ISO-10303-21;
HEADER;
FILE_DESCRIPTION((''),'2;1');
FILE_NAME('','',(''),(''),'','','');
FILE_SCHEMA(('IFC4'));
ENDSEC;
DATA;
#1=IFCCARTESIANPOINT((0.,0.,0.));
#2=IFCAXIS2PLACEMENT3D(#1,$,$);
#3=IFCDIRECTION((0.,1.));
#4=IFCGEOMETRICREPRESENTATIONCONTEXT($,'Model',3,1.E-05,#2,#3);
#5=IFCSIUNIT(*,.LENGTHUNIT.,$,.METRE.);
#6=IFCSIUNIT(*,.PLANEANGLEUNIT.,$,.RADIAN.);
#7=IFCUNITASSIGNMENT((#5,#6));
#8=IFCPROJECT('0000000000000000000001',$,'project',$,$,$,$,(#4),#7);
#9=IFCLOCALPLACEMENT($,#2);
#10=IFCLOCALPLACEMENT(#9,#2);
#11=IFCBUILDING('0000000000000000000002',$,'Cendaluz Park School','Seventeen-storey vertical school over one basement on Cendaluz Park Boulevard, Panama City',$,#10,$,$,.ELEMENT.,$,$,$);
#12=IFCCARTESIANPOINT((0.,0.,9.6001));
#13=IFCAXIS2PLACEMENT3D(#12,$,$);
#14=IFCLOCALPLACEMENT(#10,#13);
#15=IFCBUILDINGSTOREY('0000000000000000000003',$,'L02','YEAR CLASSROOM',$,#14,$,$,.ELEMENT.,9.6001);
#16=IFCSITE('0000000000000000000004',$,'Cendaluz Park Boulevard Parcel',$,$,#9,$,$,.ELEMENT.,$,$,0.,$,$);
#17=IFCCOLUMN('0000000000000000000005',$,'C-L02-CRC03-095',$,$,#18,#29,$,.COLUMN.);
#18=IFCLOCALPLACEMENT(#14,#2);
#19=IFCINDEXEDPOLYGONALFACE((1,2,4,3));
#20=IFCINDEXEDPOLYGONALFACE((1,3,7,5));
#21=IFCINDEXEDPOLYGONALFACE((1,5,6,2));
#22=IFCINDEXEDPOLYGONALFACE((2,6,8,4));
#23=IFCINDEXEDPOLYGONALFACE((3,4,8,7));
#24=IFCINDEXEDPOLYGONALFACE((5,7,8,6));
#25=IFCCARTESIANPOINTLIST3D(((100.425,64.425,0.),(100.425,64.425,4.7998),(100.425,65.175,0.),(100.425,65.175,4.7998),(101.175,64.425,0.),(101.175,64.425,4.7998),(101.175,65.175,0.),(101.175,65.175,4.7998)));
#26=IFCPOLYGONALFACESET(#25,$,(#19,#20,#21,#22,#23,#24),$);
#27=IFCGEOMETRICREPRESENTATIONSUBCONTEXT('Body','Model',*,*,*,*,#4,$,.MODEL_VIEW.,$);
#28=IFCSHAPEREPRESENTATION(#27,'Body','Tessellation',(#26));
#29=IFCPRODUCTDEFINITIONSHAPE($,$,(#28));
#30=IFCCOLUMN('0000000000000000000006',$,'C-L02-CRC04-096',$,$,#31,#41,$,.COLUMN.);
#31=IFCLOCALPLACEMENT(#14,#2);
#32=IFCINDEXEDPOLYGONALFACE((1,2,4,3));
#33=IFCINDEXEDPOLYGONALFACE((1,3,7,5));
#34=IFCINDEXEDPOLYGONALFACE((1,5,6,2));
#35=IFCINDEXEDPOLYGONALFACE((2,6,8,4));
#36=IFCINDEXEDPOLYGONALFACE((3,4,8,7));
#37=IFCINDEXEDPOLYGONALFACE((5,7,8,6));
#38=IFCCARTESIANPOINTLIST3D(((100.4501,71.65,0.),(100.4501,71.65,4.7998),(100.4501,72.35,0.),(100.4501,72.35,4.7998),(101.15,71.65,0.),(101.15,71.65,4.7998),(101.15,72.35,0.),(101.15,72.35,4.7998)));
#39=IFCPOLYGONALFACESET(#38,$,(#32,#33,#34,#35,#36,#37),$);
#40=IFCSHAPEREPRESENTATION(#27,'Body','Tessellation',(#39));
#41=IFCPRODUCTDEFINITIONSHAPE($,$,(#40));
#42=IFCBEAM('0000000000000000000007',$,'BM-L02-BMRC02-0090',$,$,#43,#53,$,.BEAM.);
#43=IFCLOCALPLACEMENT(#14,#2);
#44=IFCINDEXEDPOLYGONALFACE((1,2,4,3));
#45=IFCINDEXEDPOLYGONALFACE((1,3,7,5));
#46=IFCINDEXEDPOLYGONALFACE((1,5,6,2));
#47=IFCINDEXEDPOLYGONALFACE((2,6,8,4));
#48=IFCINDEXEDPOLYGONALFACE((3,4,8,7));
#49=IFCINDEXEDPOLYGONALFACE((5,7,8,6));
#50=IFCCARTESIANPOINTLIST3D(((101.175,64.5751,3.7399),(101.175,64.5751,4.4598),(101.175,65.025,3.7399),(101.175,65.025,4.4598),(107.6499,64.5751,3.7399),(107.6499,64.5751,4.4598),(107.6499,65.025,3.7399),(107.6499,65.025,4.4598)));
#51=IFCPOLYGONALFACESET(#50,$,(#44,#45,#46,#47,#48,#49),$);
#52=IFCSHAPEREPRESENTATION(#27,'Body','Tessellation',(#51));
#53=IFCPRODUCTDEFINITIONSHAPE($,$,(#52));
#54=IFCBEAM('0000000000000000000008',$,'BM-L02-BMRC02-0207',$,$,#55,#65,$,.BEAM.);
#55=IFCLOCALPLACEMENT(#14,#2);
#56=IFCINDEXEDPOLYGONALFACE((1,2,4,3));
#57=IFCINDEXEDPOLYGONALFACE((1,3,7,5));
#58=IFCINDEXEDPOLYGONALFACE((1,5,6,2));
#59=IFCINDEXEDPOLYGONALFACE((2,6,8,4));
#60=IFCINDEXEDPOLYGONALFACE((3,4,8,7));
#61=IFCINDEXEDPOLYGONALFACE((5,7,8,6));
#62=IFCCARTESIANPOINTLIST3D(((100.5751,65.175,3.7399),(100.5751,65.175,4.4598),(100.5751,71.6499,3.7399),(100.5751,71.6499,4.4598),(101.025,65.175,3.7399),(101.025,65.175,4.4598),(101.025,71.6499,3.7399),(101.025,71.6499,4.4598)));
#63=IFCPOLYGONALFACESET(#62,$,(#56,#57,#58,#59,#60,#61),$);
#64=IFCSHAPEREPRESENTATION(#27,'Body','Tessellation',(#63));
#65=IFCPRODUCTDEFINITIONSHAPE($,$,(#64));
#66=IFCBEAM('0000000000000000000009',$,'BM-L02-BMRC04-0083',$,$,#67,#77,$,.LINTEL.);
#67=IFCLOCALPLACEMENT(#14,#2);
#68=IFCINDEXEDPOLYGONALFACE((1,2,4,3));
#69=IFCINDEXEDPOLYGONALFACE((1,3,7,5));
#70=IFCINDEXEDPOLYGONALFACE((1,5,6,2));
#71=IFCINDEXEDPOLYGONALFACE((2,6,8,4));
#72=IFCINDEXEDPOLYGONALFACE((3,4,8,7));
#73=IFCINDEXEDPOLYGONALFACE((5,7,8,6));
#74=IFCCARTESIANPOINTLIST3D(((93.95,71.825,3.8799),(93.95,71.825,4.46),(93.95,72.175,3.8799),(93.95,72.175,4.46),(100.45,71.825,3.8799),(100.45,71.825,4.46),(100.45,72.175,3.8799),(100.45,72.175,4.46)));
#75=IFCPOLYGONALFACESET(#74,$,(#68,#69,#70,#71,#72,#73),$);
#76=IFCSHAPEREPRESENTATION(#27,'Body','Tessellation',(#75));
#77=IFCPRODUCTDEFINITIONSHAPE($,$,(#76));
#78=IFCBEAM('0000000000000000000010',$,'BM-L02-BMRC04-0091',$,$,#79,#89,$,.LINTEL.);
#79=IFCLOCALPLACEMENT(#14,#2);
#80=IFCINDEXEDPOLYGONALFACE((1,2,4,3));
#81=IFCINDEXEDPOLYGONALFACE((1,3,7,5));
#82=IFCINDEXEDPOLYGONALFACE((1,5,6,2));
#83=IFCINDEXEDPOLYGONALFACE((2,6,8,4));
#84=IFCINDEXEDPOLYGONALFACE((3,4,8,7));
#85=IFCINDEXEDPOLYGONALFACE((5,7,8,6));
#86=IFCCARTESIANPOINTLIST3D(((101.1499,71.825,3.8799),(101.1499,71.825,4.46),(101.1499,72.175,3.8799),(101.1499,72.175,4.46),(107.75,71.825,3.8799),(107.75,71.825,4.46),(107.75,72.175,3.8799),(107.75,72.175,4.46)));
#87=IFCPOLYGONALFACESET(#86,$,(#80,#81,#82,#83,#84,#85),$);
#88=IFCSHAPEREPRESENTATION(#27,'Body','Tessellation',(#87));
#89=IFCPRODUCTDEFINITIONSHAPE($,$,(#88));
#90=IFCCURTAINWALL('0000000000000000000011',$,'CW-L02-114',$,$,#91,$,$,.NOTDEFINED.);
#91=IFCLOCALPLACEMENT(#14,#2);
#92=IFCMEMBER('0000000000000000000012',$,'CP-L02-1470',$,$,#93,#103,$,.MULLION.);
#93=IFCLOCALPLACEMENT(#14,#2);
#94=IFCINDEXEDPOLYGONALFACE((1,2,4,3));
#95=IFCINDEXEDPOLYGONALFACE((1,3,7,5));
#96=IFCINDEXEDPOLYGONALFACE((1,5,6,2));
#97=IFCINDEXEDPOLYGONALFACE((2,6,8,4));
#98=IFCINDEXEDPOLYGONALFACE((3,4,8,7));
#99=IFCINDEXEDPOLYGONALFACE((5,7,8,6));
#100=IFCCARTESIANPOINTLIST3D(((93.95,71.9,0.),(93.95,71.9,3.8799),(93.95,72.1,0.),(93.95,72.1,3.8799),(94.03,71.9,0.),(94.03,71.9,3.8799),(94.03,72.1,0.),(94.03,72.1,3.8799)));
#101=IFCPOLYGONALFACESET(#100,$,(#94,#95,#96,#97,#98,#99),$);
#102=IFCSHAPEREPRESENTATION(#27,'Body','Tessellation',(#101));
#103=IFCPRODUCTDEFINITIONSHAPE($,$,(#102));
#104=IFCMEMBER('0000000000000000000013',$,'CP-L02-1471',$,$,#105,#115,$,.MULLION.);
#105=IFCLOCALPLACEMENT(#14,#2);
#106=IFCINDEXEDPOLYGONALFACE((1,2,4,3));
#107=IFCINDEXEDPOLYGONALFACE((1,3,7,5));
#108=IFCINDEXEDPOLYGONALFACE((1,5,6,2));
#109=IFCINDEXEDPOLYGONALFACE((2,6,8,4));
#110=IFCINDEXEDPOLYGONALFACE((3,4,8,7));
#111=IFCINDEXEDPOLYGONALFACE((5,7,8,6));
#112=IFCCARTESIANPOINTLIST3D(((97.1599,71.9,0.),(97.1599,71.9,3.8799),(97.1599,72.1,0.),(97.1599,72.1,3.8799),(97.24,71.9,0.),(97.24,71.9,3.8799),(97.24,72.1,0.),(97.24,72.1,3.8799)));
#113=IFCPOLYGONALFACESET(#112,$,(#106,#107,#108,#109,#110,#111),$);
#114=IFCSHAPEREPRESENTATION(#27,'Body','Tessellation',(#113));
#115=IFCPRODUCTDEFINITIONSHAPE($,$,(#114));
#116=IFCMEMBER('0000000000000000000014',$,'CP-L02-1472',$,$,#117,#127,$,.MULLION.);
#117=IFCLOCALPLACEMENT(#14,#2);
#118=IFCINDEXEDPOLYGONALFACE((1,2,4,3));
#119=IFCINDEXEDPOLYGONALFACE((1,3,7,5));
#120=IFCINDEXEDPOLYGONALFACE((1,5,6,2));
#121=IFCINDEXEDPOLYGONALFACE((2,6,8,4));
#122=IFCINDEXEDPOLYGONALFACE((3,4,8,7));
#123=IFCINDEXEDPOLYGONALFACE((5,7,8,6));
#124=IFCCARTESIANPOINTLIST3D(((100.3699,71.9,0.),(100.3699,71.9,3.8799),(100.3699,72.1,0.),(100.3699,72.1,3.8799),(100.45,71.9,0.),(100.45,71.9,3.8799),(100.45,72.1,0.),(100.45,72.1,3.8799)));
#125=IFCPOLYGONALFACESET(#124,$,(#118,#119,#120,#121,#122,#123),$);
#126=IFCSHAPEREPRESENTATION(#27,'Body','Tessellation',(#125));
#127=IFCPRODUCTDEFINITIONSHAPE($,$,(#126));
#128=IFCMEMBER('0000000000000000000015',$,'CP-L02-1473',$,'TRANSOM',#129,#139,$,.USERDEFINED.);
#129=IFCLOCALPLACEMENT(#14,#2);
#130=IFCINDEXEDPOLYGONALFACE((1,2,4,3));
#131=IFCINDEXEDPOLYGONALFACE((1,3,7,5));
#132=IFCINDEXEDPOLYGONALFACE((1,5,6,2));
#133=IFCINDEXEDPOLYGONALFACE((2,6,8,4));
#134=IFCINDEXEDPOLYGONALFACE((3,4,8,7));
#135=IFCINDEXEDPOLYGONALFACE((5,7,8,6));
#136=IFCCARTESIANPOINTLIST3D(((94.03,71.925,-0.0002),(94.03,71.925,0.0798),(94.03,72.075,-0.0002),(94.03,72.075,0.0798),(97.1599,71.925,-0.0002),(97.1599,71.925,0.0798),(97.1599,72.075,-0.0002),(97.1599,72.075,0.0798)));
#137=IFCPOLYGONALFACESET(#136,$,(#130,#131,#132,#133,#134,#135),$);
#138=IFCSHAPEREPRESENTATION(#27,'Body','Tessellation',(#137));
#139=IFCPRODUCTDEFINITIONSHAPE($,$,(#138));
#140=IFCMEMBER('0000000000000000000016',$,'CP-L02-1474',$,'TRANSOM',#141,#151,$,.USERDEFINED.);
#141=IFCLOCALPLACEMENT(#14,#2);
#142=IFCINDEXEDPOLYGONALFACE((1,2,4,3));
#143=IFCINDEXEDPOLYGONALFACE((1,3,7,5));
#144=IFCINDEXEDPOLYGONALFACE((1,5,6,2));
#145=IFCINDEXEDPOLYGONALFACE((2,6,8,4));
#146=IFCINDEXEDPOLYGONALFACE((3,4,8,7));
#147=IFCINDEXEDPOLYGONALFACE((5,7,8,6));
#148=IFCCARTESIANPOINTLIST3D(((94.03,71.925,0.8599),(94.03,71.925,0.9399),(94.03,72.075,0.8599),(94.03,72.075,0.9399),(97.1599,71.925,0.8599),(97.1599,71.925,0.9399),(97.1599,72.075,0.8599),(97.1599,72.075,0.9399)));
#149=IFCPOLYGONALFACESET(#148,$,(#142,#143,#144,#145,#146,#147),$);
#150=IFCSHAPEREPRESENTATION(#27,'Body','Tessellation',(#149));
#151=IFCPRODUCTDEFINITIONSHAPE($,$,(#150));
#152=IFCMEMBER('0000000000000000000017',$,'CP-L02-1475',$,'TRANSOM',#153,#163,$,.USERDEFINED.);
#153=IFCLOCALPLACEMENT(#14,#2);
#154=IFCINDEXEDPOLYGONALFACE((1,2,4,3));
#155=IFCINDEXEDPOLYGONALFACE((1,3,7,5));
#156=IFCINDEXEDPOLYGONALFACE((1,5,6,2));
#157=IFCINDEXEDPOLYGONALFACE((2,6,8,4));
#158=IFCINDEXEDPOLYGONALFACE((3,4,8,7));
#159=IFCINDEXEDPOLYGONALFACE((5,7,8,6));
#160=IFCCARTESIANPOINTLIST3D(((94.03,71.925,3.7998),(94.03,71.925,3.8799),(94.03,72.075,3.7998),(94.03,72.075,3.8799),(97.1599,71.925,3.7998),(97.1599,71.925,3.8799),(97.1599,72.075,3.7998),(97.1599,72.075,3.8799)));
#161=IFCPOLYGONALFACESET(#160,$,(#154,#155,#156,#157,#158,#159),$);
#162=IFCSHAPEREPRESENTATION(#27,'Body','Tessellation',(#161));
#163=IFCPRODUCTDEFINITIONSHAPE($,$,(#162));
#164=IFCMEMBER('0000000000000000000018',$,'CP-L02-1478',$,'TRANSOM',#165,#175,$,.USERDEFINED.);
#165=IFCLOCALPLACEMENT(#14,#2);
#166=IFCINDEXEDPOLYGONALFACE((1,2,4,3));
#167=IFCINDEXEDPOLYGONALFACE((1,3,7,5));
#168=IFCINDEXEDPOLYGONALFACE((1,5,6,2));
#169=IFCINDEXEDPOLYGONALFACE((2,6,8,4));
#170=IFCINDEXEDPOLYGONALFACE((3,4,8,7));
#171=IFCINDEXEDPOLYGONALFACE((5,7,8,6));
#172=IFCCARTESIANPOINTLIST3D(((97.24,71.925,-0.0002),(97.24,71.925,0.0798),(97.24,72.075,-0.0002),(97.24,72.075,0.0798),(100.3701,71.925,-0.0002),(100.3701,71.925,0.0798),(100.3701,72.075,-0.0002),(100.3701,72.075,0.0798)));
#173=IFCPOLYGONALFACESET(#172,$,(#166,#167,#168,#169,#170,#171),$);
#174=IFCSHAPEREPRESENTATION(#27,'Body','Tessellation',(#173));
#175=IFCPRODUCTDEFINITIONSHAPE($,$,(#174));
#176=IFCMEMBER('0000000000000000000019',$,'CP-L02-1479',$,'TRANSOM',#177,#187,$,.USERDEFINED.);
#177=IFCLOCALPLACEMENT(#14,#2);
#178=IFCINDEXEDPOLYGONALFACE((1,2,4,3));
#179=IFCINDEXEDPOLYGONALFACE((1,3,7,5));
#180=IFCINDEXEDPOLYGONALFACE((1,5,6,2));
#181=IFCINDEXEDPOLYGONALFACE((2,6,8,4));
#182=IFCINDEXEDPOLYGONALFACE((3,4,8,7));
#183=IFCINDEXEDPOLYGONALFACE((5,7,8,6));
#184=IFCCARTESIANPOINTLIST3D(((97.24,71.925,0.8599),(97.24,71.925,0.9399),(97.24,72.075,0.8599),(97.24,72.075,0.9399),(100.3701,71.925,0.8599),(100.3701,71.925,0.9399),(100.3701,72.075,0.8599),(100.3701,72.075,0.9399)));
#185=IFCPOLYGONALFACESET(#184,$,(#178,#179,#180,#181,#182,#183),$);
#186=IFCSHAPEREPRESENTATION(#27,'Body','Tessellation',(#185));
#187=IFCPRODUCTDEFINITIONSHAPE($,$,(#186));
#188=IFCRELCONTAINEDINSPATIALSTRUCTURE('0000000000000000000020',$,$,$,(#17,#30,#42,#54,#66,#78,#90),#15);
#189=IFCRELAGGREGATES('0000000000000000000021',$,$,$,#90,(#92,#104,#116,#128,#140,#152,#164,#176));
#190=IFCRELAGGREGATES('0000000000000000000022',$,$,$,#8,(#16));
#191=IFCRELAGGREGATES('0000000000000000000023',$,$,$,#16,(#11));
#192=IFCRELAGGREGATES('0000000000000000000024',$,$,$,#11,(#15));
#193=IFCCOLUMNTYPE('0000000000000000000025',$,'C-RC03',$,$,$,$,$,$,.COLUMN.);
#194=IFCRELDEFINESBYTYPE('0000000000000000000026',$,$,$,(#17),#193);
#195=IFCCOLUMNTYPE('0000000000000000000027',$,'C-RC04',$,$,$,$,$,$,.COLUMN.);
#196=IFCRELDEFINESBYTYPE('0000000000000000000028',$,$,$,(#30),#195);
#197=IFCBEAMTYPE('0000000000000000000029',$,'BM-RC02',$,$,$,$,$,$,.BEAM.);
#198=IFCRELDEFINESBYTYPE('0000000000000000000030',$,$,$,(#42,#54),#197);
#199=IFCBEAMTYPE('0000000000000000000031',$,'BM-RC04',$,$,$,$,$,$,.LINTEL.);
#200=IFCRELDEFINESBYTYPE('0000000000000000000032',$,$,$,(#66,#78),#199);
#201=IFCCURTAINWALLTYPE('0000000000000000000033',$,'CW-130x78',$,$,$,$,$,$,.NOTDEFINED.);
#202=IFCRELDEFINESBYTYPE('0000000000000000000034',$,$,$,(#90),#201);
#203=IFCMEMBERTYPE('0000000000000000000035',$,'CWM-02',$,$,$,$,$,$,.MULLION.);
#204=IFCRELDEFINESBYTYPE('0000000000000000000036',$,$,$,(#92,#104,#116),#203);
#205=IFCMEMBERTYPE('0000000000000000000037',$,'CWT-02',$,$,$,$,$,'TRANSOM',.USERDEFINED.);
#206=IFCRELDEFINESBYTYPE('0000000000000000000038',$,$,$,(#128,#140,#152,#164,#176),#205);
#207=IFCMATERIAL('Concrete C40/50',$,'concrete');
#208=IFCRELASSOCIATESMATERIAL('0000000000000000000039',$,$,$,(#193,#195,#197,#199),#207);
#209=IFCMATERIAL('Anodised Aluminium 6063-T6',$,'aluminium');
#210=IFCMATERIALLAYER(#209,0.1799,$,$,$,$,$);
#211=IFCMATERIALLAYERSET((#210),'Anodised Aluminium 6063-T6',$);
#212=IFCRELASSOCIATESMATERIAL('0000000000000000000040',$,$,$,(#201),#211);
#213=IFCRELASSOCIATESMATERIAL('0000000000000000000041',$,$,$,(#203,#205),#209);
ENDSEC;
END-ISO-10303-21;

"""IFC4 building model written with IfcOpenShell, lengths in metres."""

from ifc_helpers import new_model, si_unit, direction, frame, origin, origin_2d, place, context, subcontext, project, spatial, rectangle, extrude, material, layer, layer_set, material_profile, profile_set, type_object, element, aggregate, save


model = new_model("IFC4")

# Units and contexts
model_context = context("Model", 3, precision=1e-05, world=origin(), true_north=direction((0.0, 1.0)))
body_context = subcontext(model_context, "Body", "Model", "MODEL_VIEW")
ifc_project = project(units=[si_unit("LENGTHUNIT", "METRE"), si_unit("PLANEANGLEUNIT", "RADIAN")], contexts=[model_context])

# Site, building, storey
site_placement = place(None, origin())
site = spatial("IfcSite", under=ifc_project, at=site_placement, Name="Cendaluz Park Boulevard Parcel", CompositionType="ELEMENT", RefElevation=0.0)
building_placement = place(site_placement, origin())
building = spatial("IfcBuilding", under=site, at=building_placement, Name="Cendaluz Park School", Description="Seventeen-storey vertical school over one basement on Cendaluz Park Boulevard, Panama City", CompositionType="ELEMENT")
storey_placement = place(building_placement, frame((0.0, 0.0, 9.6001)))
storey = spatial("IfcBuildingStorey", under=building, at=storey_placement, Name="L02", Description="YEAR CLASSROOM", CompositionType="ELEMENT", Elevation=9.6001)

# Columns
ifc_material_1 = material(Name="Concrete C40/50", Category="concrete")
ifc_material_profile_1 = material_profile(ifc_material_1, rectangle(XDim=0.75, YDim=0.75, at=origin_2d()), Name="RC 750x750", Category="concrete")
ifc_profile_set_1 = profile_set([ifc_material_profile_1], Name="Concrete C40/50")
column_type_1 = type_object("IfcColumnType", Name="C-RC03", PredefinedType="COLUMN", material=ifc_profile_set_1)
column_1_placement = place(storey_placement, frame((100.8, 64.8, 0.0), z_axis=(0.0, 0.0, 1.0), x_axis=(1.0, 0.0, 0.0)))
element("IfcColumn", 1, at=column_1_placement, inside=storey, type_object=column_type_1, Name="C-L02-CRC03-095", PredefinedType="COLUMN", context=body_context, shape_type="SweptSolid", body=[
    extrude(rectangle(XDim=0.75, YDim=0.75, at=origin_2d()), origin(), (0.0, 0.0, 1.0), 4.7998),
])
ifc_material_profile_2 = material_profile(ifc_material_1, rectangle(XDim=0.7, YDim=0.7, at=origin_2d()), Name="RC 700x700", Category="concrete")
ifc_profile_set_2 = profile_set([ifc_material_profile_2], Name="Concrete C40/50")
column_type_2 = type_object("IfcColumnType", Name="C-RC04", PredefinedType="COLUMN", material=ifc_profile_set_2)
column_2_placement = place(storey_placement, frame((100.8, 72.0, 0.0), z_axis=(0.0, 0.0, 1.0), x_axis=(1.0, 0.0, 0.0)))
element("IfcColumn", 2, at=column_2_placement, inside=storey, type_object=column_type_2, Name="C-L02-CRC04-096", PredefinedType="COLUMN", context=body_context, shape_type="SweptSolid", body=[
    extrude(rectangle(XDim=0.7, YDim=0.7, at=origin_2d()), origin(), (0.0, 0.0, 1.0), 4.7998),
])

# Beams
ifc_material_profile_3 = material_profile(ifc_material_1, rectangle(XDim=0.45, YDim=0.72, at=origin_2d()), Name="RC 450x720", Category="concrete")
ifc_profile_set_3 = profile_set([ifc_material_profile_3], Name="Concrete C40/50")
beam_type_1 = type_object("IfcBeamType", Name="BM-RC02", PredefinedType="BEAM", material=ifc_profile_set_3)
for number, where, z_axis, x_axis, name in (
    (3, (101.175, 64.8, 4.0999), (1.0, 0.0, 0.0), (0.0, 1.0, 0.0), "BM-L02-BMRC02-0090"),
    (4, (100.8, 65.175, 4.0999), (0.0, 1.0, 0.0), (-1.0, 0.0, 0.0), "BM-L02-BMRC02-0207"),
):
    element("IfcBeam", number, at=place(storey_placement, frame(where, z_axis=z_axis, x_axis=x_axis)), inside=storey, type_object=beam_type_1, Name=name, PredefinedType="BEAM", context=body_context, shape_type="SweptSolid", body=[
        extrude(rectangle(XDim=0.45, YDim=0.72, at=origin_2d()), origin(), (0.0, 0.0, 1.0), 6.4749),
    ])
ifc_material_profile_4 = material_profile(ifc_material_1, rectangle(XDim=0.3501, YDim=0.5801, at=origin_2d()), Name="RC 350x580", Category="concrete")
ifc_profile_set_4 = profile_set([ifc_material_profile_4], Name="Concrete C40/50")
beam_type_2 = type_object("IfcBeamType", Name="BM-RC04", PredefinedType="LINTEL", material=ifc_profile_set_4)
beam_1_placement = place(storey_placement, frame((93.95, 72.0, 4.1699), z_axis=(1.0, 0.0, 0.0), x_axis=(0.0, 1.0, 0.0)))
element("IfcBeam", 5, at=beam_1_placement, inside=storey, type_object=beam_type_2, Name="BM-L02-BMRC04-0083", PredefinedType="LINTEL", context=body_context, shape_type="SweptSolid", body=[
    extrude(rectangle(XDim=0.3501, YDim=0.5801, at=origin_2d()), origin(), (0.0, 0.0, 1.0), 6.5),
])
beam_2_placement = place(storey_placement, frame((101.1499, 72.0, 4.1699), z_axis=(1.0, 0.0, 0.0), x_axis=(0.0, 1.0, 0.0)))
element("IfcBeam", 6, at=beam_2_placement, inside=storey, type_object=beam_type_2, Name="BM-L02-BMRC04-0091", PredefinedType="LINTEL", context=body_context, shape_type="SweptSolid", body=[
    extrude(rectangle(XDim=0.3501, YDim=0.5801, at=origin_2d()), origin(), (0.0, 0.0, 1.0), 6.6001),
])

# Curtain wall, members
ifc_material_2 = material(Name="Anodised Aluminium 6063-T6", Category="aluminium")
ifc_layer_1 = layer(ifc_material_2, 0.1799)
ifc_layer_set_1 = layer_set([ifc_layer_1], Name="Anodised Aluminium 6063-T6")
curtain_wall_type = type_object("IfcCurtainWallType", Name="CW-130x78", PredefinedType="NOTDEFINED", material=ifc_layer_set_1)
curtain_wall_placement = place(storey_placement, origin())
curtain_wall = element("IfcCurtainWall", 7, at=curtain_wall_placement, inside=storey, type_object=curtain_wall_type, Name="CW-L02-114", PredefinedType="NOTDEFINED")
ifc_material_profile_5 = material_profile(ifc_material_2, rectangle(XDim=0.2, YDim=0.0801, at=origin_2d()), Name="CWM 200x80", Category="aluminium")
ifc_profile_set_5 = profile_set([ifc_material_profile_5], Name="Anodised Aluminium 6063-T6")
member_type_1 = type_object("IfcMemberType", Name="CWM-02", PredefinedType="MULLION", material=ifc_profile_set_5)
member_1_placement = place(storey_placement, frame((93.99, 72.0, 0.0), z_axis=(0.0, 0.0, 1.0), x_axis=(0.0, 1.0, 0.0)))
member_1 = element("IfcMember", 8, at=member_1_placement, type_object=member_type_1, Name="CP-L02-1470", PredefinedType="MULLION", context=body_context, shape_type="SweptSolid", body=[
    extrude(rectangle(XDim=0.2, YDim=0.0801, at=origin_2d()), origin(), (0.0, 0.0, 1.0), 3.8799),
])
member_2_placement = place(storey_placement, frame((97.2, 72.0, 0.0), z_axis=(0.0, 0.0, 1.0), x_axis=(0.0, 1.0, 0.0)))
member_2 = element("IfcMember", 9, at=member_2_placement, type_object=member_type_1, Name="CP-L02-1471", PredefinedType="MULLION", context=body_context, shape_type="SweptSolid", body=[
    extrude(rectangle(XDim=0.2, YDim=0.0801, at=origin_2d()), origin(), (0.0, 0.0, 1.0), 3.8799),
])
member_3_placement = place(storey_placement, frame((100.4099, 72.0, 0.0), z_axis=(0.0, 0.0, 1.0), x_axis=(0.0, 1.0, 0.0)))
member_3 = element("IfcMember", 10, at=member_3_placement, type_object=member_type_1, Name="CP-L02-1472", PredefinedType="MULLION", context=body_context, shape_type="SweptSolid", body=[
    extrude(rectangle(XDim=0.2, YDim=0.0801, at=origin_2d()), origin(), (0.0, 0.0, 1.0), 3.8799),
])
ifc_material_profile_6 = material_profile(ifc_material_2, rectangle(XDim=0.1499, YDim=0.0801, at=origin_2d()), Name="CWT 150x80", Category="aluminium")
ifc_profile_set_6 = profile_set([ifc_material_profile_6], Name="Anodised Aluminium 6063-T6")
member_type_2 = type_object("IfcMemberType", Name="CWT-02", ElementType="TRANSOM", PredefinedType="USERDEFINED", material=ifc_profile_set_6)
member_4_placement = place(storey_placement, frame((94.03, 72.0, 0.0398), z_axis=(1.0, 0.0, 0.0), x_axis=(0.0, 1.0, 0.0)))
member_4 = element("IfcMember", 11, at=member_4_placement, type_object=member_type_2, Name="CP-L02-1473", ObjectType="TRANSOM", PredefinedType="USERDEFINED", context=body_context, shape_type="SweptSolid", body=[
    extrude(rectangle(XDim=0.1499, YDim=0.0801, at=origin_2d()), origin(), (0.0, 0.0, 1.0), 3.1299),
])
member_5_placement = place(storey_placement, frame((94.03, 72.0, 0.8999), z_axis=(1.0, 0.0, 0.0), x_axis=(0.0, 1.0, 0.0)))
member_5 = element("IfcMember", 12, at=member_5_placement, type_object=member_type_2, Name="CP-L02-1474", ObjectType="TRANSOM", PredefinedType="USERDEFINED", context=body_context, shape_type="SweptSolid", body=[
    extrude(rectangle(XDim=0.1499, YDim=0.0801, at=origin_2d()), origin(), (0.0, 0.0, 1.0), 3.1299),
])
member_6_placement = place(storey_placement, frame((94.03, 72.0, 3.8398), z_axis=(1.0, 0.0, 0.0), x_axis=(0.0, 1.0, 0.0)))
member_6 = element("IfcMember", 13, at=member_6_placement, type_object=member_type_2, Name="CP-L02-1475", ObjectType="TRANSOM", PredefinedType="USERDEFINED", context=body_context, shape_type="SweptSolid", body=[
    extrude(rectangle(XDim=0.1499, YDim=0.0801, at=origin_2d()), origin(), (0.0, 0.0, 1.0), 3.1299),
])
member_7_placement = place(storey_placement, frame((97.24, 72.0, 0.0398), z_axis=(1.0, 0.0, 0.0), x_axis=(0.0, 1.0, 0.0)))
member_7 = element("IfcMember", 14, at=member_7_placement, type_object=member_type_2, Name="CP-L02-1478", ObjectType="TRANSOM", PredefinedType="USERDEFINED", context=body_context, shape_type="SweptSolid", body=[
    extrude(rectangle(XDim=0.1499, YDim=0.0801, at=origin_2d()), origin(), (0.0, 0.0, 1.0), 3.1301),
])
member_8_placement = place(storey_placement, frame((97.24, 72.0, 0.8999), z_axis=(1.0, 0.0, 0.0), x_axis=(0.0, 1.0, 0.0)))
member_8 = element("IfcMember", 15, at=member_8_placement, type_object=member_type_2, Name="CP-L02-1479", ObjectType="TRANSOM", PredefinedType="USERDEFINED", context=body_context, shape_type="SweptSolid", body=[
    extrude(rectangle(XDim=0.1499, YDim=0.0801, at=origin_2d()), origin(), (0.0, 0.0, 1.0), 3.1301),
])
aggregate(curtain_wall, [member_1, member_2, member_3, member_4, member_5, member_6, member_7, member_8])

save(model, "model.ifc")
